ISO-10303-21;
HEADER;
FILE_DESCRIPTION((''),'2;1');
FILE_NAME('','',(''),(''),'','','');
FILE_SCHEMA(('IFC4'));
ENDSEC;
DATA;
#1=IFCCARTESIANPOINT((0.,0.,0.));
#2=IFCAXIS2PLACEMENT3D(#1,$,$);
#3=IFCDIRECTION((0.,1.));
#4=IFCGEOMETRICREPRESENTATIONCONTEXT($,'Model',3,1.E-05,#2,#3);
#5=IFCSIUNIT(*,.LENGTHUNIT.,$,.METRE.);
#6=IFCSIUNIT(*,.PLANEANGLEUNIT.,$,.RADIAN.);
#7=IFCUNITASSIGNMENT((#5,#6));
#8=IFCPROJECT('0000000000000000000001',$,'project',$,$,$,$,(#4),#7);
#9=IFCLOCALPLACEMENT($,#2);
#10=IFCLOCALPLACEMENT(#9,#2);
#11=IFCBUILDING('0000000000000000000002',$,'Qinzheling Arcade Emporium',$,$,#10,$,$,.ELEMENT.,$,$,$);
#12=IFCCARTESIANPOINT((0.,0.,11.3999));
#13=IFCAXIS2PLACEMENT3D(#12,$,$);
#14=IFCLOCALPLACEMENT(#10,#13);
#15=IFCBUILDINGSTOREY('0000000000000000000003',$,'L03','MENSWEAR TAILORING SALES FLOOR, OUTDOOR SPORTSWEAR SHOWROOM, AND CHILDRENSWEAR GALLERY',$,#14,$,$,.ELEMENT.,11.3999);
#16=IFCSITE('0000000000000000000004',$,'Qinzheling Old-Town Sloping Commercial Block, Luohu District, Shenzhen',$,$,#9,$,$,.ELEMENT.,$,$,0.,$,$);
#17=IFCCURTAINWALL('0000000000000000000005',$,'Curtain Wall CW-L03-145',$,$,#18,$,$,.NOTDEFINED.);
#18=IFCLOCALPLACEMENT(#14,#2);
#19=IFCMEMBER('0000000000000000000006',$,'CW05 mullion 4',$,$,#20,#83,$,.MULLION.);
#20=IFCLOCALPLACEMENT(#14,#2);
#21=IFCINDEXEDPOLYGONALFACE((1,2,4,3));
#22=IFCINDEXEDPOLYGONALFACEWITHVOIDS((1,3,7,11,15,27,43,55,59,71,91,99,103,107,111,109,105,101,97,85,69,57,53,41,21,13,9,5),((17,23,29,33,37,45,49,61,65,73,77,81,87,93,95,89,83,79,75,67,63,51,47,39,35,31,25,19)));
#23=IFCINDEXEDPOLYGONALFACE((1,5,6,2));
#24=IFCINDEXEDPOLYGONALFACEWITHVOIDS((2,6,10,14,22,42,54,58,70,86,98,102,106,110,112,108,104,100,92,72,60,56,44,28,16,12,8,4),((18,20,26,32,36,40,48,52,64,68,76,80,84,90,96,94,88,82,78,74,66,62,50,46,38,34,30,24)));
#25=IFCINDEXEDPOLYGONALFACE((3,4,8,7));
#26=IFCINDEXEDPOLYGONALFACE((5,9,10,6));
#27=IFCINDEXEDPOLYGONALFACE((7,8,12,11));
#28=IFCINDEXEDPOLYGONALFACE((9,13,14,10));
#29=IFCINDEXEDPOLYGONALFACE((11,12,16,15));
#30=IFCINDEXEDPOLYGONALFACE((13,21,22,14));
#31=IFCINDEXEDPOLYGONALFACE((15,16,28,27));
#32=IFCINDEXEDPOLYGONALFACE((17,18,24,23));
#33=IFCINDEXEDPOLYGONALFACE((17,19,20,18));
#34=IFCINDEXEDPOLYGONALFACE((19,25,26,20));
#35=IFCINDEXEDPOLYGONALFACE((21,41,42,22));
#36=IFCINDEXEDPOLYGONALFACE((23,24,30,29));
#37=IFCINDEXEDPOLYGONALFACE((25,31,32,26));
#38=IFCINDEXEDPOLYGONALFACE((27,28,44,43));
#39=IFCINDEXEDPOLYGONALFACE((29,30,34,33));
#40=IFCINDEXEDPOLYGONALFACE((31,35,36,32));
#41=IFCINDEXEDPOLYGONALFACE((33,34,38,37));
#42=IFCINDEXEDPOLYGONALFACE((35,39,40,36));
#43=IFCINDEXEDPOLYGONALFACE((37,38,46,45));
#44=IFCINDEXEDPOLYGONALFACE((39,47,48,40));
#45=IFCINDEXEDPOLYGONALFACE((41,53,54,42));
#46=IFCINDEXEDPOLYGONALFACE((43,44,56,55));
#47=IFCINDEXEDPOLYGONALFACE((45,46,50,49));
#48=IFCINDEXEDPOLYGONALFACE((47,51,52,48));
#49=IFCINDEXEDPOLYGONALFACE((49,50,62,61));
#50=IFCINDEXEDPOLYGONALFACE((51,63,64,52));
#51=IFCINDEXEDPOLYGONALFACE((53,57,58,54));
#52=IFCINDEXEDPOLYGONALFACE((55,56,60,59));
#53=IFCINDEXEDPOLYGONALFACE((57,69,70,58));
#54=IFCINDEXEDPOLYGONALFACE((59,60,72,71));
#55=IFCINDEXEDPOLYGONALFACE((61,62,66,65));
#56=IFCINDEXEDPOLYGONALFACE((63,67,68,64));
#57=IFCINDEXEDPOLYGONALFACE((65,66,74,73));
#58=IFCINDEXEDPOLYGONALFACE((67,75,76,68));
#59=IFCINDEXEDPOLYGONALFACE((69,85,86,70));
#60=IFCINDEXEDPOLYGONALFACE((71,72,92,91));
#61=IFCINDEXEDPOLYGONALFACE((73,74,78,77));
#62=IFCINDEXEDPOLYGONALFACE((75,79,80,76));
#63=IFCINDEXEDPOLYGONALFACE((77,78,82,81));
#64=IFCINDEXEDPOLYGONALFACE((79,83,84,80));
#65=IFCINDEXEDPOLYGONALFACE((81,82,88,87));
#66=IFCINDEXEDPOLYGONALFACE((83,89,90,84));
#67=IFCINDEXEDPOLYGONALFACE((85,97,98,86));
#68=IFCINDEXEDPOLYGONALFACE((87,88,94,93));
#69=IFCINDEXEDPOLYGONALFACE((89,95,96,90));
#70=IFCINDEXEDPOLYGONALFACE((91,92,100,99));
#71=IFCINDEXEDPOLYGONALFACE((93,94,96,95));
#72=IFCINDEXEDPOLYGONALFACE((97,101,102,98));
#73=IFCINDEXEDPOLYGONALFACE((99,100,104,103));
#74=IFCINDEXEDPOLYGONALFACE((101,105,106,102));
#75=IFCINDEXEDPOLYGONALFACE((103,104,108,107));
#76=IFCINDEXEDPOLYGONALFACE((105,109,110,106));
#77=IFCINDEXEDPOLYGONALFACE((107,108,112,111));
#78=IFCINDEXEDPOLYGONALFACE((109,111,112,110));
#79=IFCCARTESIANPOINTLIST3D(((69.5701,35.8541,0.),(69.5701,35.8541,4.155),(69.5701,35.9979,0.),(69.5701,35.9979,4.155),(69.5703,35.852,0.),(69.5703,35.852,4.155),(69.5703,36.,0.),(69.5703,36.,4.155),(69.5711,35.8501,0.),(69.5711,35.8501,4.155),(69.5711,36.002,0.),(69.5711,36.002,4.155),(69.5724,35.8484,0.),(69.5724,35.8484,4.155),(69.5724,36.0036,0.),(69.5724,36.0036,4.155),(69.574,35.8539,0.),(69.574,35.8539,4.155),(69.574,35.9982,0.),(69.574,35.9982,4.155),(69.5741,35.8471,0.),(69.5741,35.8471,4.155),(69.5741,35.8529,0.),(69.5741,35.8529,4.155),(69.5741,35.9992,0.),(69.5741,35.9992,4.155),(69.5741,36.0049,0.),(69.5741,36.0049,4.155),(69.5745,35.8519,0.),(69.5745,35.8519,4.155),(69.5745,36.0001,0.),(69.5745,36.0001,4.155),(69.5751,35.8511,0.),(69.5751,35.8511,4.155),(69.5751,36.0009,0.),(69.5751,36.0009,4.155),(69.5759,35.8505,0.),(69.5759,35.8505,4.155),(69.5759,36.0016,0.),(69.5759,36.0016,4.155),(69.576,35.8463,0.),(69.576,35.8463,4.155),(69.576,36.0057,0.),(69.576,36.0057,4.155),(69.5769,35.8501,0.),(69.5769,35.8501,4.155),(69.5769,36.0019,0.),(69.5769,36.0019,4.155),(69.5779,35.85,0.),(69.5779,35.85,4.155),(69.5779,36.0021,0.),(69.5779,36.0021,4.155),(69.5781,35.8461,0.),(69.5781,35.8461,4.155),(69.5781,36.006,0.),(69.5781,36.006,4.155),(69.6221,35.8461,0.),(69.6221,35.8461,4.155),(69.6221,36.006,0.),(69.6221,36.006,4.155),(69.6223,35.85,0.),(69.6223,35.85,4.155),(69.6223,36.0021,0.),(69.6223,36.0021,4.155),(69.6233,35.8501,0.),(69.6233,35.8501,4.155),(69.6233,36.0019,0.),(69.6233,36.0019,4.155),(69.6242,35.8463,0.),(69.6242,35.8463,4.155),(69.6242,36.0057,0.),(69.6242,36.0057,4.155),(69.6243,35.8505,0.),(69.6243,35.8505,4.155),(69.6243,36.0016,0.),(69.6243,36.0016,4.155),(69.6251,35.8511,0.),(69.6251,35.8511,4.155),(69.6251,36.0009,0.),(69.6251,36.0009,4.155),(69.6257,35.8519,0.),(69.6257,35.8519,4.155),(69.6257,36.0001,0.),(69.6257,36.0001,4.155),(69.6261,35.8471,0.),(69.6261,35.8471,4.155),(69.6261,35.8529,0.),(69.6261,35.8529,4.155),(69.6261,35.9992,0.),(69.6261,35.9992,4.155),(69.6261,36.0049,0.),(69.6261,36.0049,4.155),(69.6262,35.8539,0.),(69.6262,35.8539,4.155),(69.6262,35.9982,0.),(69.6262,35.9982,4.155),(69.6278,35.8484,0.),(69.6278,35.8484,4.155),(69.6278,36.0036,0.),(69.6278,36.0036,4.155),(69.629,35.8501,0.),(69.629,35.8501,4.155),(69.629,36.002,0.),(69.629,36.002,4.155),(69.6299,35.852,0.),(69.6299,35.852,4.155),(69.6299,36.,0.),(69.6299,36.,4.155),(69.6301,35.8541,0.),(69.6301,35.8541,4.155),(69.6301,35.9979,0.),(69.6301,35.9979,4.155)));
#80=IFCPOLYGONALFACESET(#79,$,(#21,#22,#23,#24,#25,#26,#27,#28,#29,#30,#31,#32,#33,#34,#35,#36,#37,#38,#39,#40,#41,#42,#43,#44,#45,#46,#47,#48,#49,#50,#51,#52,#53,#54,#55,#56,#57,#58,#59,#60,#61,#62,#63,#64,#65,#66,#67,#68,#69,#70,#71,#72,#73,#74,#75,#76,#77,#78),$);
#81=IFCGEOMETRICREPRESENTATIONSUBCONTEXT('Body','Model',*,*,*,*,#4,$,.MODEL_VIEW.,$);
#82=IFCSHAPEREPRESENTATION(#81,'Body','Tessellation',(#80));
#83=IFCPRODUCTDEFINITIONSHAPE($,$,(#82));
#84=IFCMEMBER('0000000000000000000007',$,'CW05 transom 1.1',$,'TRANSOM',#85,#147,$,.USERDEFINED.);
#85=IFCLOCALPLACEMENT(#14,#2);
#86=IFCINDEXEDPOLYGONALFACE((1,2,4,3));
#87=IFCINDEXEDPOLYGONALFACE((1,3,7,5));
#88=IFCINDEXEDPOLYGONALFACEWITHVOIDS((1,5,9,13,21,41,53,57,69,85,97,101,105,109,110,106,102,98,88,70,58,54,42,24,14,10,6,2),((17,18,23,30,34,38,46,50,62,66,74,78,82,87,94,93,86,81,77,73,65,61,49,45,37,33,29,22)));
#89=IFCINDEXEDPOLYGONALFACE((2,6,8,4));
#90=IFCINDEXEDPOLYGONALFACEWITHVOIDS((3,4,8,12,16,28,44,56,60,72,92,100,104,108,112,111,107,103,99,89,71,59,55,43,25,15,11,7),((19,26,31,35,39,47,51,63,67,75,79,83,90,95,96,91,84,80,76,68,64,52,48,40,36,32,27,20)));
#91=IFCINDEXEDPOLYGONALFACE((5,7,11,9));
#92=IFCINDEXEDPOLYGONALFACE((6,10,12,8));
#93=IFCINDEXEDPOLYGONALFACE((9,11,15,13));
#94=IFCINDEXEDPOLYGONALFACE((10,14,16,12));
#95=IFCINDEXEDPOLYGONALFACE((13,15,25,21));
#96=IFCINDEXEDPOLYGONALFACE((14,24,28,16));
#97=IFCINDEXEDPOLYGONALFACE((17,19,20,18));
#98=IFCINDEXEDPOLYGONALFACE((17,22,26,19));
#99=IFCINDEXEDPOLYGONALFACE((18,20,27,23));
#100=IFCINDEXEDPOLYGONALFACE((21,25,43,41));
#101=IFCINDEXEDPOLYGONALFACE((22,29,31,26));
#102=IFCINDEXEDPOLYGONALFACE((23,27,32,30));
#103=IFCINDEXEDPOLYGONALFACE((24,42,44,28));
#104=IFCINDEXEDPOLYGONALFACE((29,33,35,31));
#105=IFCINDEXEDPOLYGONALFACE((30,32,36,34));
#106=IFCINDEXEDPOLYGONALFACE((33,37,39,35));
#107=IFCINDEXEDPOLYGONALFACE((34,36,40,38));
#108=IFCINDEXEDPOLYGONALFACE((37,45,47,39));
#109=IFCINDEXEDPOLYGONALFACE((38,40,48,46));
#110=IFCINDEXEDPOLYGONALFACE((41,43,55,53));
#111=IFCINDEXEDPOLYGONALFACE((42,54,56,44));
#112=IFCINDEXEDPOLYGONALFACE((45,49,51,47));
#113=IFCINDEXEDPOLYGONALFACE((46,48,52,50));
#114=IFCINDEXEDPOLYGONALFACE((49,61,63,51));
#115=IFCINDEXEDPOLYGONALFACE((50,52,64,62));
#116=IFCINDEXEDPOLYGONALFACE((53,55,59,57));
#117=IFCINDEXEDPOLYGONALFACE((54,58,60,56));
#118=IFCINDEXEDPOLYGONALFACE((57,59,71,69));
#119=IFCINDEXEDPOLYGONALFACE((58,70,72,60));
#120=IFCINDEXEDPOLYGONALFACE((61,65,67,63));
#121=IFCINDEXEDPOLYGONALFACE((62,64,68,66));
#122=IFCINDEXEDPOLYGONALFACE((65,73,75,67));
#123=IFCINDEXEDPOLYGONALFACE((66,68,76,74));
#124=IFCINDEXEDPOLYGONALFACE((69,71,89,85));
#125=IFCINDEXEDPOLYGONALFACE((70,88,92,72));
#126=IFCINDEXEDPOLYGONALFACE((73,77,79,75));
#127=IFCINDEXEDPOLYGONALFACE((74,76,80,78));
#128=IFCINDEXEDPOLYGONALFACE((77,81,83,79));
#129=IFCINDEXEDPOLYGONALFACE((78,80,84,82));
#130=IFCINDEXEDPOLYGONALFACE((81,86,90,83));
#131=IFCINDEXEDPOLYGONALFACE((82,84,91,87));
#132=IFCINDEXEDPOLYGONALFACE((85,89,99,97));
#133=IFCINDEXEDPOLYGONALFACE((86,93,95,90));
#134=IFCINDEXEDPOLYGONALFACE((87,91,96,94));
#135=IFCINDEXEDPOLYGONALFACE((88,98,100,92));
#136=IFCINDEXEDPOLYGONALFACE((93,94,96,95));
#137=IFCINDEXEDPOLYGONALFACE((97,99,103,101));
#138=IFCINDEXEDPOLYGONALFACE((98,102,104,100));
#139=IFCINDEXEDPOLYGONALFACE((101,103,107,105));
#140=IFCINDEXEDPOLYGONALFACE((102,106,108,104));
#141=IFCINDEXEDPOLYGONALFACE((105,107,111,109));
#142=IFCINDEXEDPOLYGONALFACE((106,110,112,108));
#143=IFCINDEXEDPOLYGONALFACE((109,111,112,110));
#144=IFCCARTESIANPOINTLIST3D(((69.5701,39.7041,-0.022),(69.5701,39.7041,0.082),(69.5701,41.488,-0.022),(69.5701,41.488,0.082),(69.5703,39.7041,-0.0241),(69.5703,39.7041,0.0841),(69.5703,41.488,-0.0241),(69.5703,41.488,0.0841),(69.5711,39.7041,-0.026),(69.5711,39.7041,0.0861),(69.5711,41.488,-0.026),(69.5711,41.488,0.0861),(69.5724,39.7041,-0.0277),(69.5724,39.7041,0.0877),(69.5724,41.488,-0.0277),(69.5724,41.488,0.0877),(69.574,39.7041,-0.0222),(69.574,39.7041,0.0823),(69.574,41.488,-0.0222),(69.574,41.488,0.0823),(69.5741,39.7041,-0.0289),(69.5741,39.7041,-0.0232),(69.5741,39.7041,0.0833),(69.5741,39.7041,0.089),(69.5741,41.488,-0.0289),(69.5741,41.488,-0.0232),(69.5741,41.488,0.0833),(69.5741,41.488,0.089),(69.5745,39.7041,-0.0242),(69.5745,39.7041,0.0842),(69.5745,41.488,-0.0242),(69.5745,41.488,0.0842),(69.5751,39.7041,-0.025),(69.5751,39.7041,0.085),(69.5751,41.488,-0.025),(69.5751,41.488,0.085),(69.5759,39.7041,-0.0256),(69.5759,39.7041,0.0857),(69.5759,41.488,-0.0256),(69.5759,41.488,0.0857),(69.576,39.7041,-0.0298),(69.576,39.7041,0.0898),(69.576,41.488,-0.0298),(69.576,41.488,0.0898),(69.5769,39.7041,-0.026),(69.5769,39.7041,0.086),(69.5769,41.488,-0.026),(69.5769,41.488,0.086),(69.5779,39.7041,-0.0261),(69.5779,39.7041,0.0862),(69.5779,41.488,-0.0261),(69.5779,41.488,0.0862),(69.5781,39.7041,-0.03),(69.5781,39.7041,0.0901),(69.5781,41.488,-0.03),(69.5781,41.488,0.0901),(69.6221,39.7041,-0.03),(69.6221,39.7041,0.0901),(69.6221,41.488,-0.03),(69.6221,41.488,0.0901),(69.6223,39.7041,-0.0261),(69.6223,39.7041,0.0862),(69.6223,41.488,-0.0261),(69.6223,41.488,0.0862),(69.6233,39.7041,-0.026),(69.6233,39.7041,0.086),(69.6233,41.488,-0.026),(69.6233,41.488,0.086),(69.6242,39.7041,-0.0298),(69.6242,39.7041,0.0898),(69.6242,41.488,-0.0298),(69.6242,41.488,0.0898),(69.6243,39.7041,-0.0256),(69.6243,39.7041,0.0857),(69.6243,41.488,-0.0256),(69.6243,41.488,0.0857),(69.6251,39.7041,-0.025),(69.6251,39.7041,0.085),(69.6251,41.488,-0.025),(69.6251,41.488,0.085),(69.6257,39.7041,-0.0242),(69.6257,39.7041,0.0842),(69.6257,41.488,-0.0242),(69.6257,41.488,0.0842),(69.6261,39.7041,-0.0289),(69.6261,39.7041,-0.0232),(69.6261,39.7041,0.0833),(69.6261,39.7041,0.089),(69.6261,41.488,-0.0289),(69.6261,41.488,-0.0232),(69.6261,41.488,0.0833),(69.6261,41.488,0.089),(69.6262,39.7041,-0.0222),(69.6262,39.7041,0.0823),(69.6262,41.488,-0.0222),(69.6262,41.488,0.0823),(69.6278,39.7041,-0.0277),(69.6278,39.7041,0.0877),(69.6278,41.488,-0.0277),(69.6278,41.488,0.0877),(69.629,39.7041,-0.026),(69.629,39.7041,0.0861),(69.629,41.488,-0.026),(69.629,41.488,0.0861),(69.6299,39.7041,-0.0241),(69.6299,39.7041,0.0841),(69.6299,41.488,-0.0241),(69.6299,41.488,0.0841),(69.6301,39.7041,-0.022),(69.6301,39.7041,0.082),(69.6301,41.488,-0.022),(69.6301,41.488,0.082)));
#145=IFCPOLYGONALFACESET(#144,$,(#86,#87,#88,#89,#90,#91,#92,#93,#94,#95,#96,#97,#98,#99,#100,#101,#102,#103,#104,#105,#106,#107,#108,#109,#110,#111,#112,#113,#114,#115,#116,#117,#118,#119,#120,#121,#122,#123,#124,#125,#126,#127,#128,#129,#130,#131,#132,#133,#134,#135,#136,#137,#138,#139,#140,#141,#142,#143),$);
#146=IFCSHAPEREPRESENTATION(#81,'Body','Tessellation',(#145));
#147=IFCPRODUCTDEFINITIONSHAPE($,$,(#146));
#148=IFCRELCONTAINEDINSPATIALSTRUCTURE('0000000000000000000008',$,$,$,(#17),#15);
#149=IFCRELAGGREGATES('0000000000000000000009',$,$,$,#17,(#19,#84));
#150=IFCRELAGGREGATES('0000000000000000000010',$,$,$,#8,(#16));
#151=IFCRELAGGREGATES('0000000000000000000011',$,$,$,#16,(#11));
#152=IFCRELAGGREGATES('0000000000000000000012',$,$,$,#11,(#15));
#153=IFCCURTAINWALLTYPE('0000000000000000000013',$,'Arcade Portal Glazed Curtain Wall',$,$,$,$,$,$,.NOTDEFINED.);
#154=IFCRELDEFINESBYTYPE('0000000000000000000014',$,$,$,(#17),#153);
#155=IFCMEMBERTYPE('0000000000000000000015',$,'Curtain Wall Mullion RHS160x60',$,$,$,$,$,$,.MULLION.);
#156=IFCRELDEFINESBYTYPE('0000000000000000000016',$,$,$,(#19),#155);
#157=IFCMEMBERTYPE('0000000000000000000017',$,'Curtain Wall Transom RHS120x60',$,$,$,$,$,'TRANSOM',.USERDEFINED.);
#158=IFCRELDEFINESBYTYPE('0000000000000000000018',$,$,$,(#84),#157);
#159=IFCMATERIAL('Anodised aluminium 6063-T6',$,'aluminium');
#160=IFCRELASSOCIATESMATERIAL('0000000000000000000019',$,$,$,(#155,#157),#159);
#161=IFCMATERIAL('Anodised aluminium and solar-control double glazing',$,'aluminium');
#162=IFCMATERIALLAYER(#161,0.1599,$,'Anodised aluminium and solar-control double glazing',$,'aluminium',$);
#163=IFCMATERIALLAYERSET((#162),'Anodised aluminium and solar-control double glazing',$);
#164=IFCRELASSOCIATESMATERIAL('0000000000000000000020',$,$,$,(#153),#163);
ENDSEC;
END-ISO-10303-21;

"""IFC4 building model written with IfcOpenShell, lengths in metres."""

from ifc_helpers import new_model, si_unit, direction, frame, origin, origin_2d, place, context, subcontext, project, spatial, hollow_rectangle, extrude, material, layer, layer_set, material_profile, profile_set, type_object, element, aggregate, save


model = new_model("IFC4")

# Units and contexts
model_context = context("Model", 3, precision=1e-05, world=origin(), true_north=direction((0.0, 1.0)))
body_context = subcontext(model_context, "Body", "Model", "MODEL_VIEW")
ifc_project = project(units=[si_unit("LENGTHUNIT", "METRE"), si_unit("PLANEANGLEUNIT", "RADIAN")], contexts=[model_context])

# Site, building, storey
site_placement = place(None, origin())
site = spatial("IfcSite", under=ifc_project, at=site_placement, Name="Qinzheling Old-Town Sloping Commercial Block, Luohu District, Shenzhen", CompositionType="ELEMENT", RefElevation=0.0)
building_placement = place(site_placement, origin())
building = spatial("IfcBuilding", under=site, at=building_placement, Name="Qinzheling Arcade Emporium", CompositionType="ELEMENT")
storey_placement = place(building_placement, frame((0.0, 0.0, 11.3999)))
storey = spatial("IfcBuildingStorey", under=building, at=storey_placement, Name="L03", Description="MENSWEAR TAILORING SALES FLOOR, OUTDOOR SPORTSWEAR SHOWROOM, AND CHILDRENSWEAR GALLERY", CompositionType="ELEMENT", Elevation=11.3999)

# Shared definitions
ifc_material_1 = material(Name="Anodised aluminium and solar-control double glazing", Category="aluminium")
ifc_material_2 = material(Name="Anodised aluminium 6063-T6", Category="aluminium")
ifc_material_profile_1 = material_profile(ifc_material_2, hollow_rectangle(XDim=0.0601, YDim=0.1599, WallThickness=0.0039, InnerFilletRadius=0.0039, OuterFilletRadius=0.0081, at=origin_2d()), Name="RHS 160x60x4", Category="aluminium")
ifc_profile_set_1 = profile_set([ifc_material_profile_1], Name="Anodised aluminium 6063-T6")
member_type_1 = type_object("IfcMemberType", Name="Curtain Wall Mullion RHS160x60", PredefinedType="MULLION", material=ifc_profile_set_1)

# Curtain wall, members
ifc_layer_1 = layer(ifc_material_1, 0.1599, Name="Anodised aluminium and solar-control double glazing", Category="aluminium")
ifc_layer_set_1 = layer_set([ifc_layer_1], Name="Anodised aluminium and solar-control double glazing")
curtain_wall_type_1 = type_object("IfcCurtainWallType", Name="Arcade Portal Glazed Curtain Wall", PredefinedType="NOTDEFINED", material=ifc_layer_set_1)
curtain_wall_1_placement = place(storey_placement, origin())
curtain_wall_1 = element("IfcCurtainWall", 1, at=curtain_wall_1_placement, inside=storey, type_object=curtain_wall_type_1, Name="Curtain Wall CW-L03-145", PredefinedType="NOTDEFINED")
member_1_placement = place(storey_placement, frame((69.6001, 35.926, 0.0), z_axis=(0.0, 0.0, 1.0), x_axis=(1.0, 0.0, 0.0)))
member_1 = element("IfcMember", 2, at=member_1_placement, type_object=member_type_1, Name="CW05 mullion 4", PredefinedType="MULLION", context=body_context, shape_type="SweptSolid", body=[
    extrude(hollow_rectangle(XDim=0.0601, YDim=0.1599, WallThickness=0.0039, InnerFilletRadius=0.0039, OuterFilletRadius=0.0081, at=origin_2d()), origin(), (0.0, 0.0, 1.0), 4.155),
])
ifc_material_profile_2 = material_profile(ifc_material_2, hollow_rectangle(XDim=0.0601, YDim=0.1201, WallThickness=0.0039, InnerFilletRadius=0.0039, OuterFilletRadius=0.0081, at=origin_2d()), Name="RHS 120x60x4", Category="aluminium")
ifc_profile_set_2 = profile_set([ifc_material_profile_2], Name="Anodised aluminium 6063-T6")
member_type_2 = type_object("IfcMemberType", Name="Curtain Wall Transom RHS120x60", ElementType="TRANSOM", PredefinedType="USERDEFINED", material=ifc_profile_set_2)
member_2_placement = place(storey_placement, frame((69.6001, 41.488, 0.03), z_axis=(0.0, -1.0, 0.0), x_axis=(1.0, 0.0, 0.0)))
member_2 = element("IfcMember", 3, at=member_2_placement, type_object=member_type_2, Name="CW05 transom 1.1", ObjectType="TRANSOM", PredefinedType="USERDEFINED", context=body_context, shape_type="SweptSolid", body=[
    extrude(hollow_rectangle(XDim=0.0601, YDim=0.1201, WallThickness=0.0039, InnerFilletRadius=0.0039, OuterFilletRadius=0.0081, at=origin_2d()), origin(), (0.0, 0.0, 1.0), 1.7839),
])

aggregate(curtain_wall_1, [member_1, member_2])

save(model, "model.ifc")
